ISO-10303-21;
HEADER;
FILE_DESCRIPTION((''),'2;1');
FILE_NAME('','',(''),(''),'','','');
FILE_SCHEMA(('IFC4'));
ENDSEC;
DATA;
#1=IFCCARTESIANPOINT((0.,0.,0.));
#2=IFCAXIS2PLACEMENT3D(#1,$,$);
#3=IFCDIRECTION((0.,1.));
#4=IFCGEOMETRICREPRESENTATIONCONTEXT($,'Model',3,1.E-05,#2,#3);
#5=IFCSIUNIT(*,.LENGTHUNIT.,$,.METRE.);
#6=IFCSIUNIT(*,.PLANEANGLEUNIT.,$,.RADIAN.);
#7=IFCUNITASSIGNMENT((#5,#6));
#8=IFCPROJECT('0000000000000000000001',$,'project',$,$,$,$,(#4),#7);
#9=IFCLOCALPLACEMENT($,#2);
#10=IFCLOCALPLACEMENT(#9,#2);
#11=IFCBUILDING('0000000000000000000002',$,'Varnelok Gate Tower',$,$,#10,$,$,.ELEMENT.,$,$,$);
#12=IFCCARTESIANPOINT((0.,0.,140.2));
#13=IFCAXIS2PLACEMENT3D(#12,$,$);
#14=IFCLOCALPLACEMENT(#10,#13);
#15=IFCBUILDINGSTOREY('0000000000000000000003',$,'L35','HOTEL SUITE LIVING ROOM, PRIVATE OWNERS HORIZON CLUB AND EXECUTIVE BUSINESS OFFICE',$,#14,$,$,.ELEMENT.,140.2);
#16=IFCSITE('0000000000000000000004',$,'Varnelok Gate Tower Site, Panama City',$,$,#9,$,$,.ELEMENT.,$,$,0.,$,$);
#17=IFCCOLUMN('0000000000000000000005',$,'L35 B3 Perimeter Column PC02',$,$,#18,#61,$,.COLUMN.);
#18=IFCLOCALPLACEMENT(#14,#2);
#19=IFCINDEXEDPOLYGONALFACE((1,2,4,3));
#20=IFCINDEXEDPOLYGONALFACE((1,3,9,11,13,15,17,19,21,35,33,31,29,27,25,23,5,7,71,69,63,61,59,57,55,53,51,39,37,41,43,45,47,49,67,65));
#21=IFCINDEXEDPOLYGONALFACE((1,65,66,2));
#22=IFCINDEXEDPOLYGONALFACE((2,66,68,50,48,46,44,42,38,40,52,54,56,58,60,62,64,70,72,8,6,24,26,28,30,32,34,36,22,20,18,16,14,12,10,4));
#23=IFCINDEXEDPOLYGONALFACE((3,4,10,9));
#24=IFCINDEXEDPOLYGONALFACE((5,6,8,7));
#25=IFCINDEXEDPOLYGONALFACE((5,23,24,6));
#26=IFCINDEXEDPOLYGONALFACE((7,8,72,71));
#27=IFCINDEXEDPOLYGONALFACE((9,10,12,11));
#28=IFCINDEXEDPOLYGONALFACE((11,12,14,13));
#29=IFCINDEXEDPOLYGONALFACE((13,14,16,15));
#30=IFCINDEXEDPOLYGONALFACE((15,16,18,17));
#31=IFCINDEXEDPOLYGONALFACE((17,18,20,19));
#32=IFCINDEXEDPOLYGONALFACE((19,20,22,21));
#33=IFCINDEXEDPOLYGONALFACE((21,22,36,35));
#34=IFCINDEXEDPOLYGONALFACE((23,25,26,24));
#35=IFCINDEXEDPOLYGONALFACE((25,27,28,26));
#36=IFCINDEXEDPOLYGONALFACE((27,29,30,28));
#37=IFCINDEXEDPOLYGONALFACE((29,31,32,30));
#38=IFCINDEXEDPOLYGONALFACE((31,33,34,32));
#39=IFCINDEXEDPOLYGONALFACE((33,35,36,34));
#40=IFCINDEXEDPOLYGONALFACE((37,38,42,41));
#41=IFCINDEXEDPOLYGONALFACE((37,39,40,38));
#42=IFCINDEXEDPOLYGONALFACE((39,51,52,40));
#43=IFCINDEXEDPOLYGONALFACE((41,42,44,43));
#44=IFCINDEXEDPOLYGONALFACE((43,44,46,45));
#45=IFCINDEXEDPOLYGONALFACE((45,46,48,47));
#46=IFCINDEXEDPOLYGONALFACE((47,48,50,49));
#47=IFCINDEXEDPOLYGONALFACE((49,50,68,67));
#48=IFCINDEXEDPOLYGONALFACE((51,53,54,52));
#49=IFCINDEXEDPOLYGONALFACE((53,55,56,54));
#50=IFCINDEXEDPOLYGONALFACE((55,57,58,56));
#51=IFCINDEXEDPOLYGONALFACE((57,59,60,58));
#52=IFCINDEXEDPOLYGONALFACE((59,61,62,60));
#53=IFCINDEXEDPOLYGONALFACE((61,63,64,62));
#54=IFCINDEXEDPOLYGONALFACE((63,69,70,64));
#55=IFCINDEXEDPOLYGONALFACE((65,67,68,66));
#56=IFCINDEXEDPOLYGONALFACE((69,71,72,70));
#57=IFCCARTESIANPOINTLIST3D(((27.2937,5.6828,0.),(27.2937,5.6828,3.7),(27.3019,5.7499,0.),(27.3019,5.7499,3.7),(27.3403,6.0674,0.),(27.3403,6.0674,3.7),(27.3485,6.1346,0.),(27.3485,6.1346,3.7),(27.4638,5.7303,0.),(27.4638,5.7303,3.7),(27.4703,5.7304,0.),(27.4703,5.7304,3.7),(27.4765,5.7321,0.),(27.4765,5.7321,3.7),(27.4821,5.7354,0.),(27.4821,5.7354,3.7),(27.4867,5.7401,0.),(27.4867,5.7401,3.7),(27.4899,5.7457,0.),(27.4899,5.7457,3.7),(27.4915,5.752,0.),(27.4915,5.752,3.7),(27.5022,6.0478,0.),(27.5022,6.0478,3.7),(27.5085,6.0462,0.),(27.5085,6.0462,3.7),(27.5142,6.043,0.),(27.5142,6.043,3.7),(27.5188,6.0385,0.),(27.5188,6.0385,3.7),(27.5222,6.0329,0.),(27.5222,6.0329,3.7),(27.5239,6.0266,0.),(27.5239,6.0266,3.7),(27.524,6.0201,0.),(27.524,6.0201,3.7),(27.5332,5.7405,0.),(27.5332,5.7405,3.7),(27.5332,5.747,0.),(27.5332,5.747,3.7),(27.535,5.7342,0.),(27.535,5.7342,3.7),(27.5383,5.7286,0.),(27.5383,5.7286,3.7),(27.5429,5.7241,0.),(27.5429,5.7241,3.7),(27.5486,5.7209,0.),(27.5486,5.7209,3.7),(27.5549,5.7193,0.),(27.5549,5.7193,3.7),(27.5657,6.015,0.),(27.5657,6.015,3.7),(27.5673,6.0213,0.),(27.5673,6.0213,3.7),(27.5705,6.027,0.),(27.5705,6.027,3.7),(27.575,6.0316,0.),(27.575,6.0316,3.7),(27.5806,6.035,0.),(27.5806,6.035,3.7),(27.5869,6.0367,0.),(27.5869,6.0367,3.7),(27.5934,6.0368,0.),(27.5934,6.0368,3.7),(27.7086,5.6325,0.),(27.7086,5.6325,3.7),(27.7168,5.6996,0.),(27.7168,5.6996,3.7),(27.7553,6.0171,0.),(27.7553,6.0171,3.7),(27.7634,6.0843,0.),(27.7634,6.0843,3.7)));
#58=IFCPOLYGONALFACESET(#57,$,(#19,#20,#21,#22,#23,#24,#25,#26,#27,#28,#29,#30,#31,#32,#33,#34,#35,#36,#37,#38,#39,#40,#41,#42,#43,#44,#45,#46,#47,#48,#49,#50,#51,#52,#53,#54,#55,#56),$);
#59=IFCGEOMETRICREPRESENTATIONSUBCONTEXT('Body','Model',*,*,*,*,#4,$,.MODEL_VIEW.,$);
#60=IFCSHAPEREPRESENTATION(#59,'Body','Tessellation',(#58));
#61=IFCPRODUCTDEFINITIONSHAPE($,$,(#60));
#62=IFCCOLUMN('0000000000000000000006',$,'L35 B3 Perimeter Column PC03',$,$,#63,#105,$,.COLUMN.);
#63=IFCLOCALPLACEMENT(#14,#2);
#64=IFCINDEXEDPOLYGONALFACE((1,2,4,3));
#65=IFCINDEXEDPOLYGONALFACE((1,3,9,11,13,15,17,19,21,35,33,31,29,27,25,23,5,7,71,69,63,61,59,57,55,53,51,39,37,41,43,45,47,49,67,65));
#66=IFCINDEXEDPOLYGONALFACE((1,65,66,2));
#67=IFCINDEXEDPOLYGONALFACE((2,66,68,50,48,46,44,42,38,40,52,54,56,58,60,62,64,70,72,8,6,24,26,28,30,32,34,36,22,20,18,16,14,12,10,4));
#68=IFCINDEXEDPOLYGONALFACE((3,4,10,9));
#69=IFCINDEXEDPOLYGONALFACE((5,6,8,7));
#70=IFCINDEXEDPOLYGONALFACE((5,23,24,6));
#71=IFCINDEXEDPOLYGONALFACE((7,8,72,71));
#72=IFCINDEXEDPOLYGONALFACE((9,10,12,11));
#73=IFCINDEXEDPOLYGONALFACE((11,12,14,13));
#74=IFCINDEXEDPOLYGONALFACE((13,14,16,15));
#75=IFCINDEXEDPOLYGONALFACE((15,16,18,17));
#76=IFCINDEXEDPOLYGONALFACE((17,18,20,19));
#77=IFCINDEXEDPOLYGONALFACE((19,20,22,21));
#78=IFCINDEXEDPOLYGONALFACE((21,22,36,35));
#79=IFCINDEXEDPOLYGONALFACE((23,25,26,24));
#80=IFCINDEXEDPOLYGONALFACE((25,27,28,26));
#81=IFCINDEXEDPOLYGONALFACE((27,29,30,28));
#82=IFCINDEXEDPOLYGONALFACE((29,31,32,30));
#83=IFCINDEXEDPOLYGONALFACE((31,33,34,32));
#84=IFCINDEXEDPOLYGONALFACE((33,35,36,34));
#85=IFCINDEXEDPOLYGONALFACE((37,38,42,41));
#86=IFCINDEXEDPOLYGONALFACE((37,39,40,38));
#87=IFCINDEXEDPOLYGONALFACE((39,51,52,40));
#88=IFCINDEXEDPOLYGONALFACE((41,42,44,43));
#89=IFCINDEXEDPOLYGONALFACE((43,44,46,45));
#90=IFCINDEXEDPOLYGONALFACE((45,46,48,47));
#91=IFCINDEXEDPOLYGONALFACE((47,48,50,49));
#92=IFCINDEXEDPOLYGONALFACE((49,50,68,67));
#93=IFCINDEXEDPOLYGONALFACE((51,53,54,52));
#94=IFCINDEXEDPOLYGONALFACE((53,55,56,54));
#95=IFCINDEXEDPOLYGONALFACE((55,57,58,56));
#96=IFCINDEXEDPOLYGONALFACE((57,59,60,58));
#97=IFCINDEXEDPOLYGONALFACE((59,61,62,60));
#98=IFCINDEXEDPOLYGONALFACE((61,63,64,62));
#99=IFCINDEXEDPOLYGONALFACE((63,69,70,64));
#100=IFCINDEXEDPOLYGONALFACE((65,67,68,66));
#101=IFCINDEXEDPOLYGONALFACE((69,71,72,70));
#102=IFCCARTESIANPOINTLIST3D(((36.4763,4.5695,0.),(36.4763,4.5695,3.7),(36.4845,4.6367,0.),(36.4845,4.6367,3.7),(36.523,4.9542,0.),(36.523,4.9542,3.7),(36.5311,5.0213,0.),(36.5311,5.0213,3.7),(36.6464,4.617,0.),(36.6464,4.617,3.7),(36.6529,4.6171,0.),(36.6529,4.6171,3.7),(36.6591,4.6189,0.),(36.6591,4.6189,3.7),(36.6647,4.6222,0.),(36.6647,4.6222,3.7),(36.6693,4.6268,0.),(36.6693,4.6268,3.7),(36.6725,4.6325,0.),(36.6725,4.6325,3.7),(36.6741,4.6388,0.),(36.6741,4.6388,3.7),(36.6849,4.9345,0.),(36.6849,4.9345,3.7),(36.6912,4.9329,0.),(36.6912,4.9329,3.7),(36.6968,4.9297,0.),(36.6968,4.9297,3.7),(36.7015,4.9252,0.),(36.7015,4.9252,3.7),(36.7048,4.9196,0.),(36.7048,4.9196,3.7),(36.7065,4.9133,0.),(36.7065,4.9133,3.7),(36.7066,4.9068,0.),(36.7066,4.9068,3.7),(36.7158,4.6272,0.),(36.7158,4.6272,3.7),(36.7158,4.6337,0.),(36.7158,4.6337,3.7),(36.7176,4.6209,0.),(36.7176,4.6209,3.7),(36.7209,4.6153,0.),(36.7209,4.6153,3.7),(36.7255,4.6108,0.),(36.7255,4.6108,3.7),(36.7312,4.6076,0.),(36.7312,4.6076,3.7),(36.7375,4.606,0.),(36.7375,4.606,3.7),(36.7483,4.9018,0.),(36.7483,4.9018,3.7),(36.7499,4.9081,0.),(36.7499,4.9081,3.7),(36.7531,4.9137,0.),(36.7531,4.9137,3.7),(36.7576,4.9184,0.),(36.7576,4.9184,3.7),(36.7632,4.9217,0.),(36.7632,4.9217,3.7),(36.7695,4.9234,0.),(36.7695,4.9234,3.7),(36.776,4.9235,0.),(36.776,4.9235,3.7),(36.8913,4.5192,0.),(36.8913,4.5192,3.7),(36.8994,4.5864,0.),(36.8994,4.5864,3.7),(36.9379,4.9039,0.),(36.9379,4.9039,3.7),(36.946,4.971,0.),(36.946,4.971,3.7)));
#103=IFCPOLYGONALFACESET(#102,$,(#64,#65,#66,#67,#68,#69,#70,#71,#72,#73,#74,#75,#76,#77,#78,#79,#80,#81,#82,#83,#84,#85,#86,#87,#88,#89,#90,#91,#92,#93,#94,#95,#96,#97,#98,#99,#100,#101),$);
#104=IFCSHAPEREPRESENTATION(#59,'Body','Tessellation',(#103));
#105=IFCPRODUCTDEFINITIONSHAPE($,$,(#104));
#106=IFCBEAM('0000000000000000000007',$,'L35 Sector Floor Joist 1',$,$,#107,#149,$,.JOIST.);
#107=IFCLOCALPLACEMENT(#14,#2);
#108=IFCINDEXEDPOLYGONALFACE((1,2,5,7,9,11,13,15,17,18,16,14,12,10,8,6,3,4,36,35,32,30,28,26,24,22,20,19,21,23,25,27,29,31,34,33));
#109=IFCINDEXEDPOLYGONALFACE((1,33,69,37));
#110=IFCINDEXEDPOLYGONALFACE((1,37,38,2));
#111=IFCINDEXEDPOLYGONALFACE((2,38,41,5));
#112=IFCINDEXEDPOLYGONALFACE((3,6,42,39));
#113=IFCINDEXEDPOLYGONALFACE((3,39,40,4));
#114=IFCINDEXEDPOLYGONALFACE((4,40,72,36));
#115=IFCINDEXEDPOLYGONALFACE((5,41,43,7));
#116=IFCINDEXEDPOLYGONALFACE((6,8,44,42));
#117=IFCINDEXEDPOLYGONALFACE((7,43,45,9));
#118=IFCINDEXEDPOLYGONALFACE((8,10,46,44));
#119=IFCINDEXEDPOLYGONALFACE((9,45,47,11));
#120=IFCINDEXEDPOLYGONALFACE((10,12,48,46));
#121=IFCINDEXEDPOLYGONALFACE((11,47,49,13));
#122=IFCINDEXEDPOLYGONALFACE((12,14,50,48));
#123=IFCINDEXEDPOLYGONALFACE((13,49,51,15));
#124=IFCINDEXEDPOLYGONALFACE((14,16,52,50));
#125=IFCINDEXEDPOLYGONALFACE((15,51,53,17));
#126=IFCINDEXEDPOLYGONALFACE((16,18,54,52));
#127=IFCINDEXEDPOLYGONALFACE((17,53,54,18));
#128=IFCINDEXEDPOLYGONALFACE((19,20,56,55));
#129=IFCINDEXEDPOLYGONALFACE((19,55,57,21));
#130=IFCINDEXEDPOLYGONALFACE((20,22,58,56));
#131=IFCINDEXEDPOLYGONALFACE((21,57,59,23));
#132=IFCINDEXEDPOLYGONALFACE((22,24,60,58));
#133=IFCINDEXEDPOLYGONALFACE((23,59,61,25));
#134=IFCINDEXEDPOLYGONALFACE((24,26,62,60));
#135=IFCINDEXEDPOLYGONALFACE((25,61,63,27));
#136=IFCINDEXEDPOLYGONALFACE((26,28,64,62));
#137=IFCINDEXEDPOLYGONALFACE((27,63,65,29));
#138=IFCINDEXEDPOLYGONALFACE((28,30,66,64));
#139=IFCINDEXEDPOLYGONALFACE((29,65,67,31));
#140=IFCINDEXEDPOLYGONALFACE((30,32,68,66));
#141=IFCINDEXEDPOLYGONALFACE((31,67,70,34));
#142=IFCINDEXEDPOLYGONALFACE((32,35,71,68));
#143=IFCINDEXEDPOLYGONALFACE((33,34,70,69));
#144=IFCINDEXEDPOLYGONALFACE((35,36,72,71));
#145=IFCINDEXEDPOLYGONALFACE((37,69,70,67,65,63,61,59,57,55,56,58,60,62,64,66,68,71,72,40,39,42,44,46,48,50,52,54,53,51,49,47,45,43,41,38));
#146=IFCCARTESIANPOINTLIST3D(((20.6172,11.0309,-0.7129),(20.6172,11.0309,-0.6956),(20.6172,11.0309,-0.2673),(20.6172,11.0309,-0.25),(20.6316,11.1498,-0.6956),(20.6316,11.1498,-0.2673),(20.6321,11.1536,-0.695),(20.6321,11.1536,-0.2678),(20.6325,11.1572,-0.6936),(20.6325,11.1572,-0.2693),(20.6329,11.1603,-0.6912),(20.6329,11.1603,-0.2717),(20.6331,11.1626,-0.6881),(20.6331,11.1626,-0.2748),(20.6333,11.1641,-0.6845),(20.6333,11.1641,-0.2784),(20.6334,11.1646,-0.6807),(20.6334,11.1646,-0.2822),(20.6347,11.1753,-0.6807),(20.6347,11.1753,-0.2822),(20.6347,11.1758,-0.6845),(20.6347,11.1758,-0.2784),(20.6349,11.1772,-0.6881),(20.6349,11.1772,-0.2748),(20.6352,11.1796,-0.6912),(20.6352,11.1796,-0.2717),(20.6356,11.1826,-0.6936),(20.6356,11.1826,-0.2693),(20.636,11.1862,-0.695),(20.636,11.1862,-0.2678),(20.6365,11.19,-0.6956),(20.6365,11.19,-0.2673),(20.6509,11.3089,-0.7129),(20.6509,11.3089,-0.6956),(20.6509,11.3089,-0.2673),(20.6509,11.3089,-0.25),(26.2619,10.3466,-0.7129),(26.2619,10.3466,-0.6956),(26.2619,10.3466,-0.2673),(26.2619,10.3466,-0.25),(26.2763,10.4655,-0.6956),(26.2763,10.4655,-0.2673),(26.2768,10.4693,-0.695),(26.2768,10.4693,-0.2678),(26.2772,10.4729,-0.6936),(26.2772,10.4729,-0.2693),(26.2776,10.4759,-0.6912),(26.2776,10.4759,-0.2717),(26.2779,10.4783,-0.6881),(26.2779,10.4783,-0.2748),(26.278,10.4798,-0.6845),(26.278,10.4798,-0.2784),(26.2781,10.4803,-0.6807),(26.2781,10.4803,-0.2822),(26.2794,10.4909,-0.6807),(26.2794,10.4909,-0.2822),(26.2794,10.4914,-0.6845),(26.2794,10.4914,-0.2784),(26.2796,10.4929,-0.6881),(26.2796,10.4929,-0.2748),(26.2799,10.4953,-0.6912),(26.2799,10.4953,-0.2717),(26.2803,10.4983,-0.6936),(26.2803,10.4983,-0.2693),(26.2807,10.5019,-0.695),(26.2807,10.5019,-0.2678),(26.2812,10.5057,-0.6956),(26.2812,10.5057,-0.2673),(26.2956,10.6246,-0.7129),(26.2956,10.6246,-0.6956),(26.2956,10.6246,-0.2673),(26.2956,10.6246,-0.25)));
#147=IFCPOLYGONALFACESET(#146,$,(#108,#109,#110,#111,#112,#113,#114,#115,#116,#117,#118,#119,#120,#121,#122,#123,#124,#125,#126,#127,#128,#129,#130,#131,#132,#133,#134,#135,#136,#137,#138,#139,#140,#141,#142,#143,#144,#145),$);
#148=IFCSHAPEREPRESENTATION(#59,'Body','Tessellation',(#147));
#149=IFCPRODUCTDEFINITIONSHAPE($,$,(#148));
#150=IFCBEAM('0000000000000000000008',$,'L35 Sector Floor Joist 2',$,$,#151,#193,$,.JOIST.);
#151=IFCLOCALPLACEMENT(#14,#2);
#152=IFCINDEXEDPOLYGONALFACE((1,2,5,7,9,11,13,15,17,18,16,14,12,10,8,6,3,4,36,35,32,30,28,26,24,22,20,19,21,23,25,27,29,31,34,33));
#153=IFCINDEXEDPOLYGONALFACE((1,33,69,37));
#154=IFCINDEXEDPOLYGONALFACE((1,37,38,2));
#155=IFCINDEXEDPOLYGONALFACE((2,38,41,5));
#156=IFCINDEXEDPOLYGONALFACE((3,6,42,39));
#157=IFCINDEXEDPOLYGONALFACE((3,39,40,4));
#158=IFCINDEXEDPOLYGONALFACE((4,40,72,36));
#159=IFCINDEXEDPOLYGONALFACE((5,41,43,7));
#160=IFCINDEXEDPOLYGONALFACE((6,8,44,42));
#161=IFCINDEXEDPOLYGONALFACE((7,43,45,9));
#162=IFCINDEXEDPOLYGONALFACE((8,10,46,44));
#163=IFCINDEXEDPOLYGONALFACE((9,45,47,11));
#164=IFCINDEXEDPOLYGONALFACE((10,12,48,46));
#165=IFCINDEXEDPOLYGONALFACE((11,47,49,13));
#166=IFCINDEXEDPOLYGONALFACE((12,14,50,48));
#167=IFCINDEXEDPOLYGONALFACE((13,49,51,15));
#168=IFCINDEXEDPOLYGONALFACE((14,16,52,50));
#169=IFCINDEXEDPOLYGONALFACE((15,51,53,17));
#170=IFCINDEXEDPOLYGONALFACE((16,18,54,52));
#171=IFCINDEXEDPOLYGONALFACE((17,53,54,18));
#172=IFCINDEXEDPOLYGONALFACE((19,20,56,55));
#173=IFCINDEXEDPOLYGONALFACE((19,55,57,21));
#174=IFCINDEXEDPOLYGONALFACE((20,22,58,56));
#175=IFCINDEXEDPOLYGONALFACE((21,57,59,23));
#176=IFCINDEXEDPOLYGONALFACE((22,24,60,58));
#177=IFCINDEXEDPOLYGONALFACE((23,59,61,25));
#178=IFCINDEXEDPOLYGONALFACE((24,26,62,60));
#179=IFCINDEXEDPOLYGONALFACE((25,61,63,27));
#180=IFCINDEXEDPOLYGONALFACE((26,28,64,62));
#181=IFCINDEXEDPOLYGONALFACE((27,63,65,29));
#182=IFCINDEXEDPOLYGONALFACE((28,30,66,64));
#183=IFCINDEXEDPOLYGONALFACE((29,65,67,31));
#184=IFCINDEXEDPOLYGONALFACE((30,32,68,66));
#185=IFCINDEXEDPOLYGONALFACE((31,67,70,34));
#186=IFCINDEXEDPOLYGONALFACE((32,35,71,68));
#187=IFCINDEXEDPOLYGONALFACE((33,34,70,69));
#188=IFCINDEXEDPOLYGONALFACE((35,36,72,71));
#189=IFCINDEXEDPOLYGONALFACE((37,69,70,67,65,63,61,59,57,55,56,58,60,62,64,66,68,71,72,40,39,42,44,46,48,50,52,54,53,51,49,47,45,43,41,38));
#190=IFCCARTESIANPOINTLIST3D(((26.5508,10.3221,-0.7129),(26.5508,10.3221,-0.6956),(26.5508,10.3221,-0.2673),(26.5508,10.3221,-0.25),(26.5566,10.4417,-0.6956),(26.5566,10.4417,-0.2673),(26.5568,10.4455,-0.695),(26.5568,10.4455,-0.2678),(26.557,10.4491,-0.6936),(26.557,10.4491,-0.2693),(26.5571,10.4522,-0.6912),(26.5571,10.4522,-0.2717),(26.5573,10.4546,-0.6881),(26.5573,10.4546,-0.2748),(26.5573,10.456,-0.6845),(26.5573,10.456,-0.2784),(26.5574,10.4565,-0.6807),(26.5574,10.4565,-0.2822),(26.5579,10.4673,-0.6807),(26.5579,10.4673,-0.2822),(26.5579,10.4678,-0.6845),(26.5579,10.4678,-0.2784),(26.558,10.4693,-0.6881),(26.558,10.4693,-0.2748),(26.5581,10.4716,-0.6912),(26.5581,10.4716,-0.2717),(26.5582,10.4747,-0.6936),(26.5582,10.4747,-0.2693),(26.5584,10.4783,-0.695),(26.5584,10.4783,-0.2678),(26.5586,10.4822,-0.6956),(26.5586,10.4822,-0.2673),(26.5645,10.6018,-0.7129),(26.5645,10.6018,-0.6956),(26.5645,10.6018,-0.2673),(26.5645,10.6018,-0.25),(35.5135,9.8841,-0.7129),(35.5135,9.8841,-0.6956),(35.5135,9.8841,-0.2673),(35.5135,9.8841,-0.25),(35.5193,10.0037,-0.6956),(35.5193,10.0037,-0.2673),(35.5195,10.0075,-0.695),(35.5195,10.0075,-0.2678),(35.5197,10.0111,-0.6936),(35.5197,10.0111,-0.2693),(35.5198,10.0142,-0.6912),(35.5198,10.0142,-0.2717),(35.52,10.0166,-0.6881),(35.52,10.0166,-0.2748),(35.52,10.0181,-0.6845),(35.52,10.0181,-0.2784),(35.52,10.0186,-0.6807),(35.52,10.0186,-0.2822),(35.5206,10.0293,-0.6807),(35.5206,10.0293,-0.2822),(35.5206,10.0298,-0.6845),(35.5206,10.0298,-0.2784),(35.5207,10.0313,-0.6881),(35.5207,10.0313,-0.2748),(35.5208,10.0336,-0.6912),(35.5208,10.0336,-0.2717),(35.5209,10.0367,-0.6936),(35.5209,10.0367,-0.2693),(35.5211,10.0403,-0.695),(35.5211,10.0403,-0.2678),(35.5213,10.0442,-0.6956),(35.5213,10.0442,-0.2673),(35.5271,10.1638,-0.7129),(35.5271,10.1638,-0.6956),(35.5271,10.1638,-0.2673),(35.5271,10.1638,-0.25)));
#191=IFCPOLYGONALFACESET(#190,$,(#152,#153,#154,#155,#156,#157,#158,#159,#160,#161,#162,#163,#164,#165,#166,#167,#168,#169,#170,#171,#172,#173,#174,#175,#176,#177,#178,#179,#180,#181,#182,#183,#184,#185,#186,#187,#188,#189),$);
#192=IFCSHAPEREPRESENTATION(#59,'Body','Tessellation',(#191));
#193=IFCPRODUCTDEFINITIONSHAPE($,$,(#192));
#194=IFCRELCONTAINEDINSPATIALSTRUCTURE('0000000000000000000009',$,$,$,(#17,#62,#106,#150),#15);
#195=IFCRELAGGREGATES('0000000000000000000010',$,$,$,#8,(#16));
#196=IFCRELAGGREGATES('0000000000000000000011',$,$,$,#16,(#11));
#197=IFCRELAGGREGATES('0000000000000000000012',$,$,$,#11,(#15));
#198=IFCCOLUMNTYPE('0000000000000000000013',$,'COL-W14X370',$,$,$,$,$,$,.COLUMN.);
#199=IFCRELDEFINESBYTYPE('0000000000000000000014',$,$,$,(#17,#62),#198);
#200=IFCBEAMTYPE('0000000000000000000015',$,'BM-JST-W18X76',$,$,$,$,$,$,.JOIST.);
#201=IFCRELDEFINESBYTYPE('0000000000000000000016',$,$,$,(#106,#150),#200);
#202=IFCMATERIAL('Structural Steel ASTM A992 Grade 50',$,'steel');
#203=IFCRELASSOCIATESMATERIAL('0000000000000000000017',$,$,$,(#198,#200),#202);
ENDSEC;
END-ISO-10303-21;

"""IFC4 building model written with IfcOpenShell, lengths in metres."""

from ifc_helpers import new_model, si_unit, direction, frame, origin, origin_2d, place, context, subcontext, project, spatial, i_section, extrude, material, material_profile, profile_set, type_object, element, save


model = new_model("IFC4")

# Units and contexts
model_context = context("Model", 3, precision=1e-05, world=origin(), true_north=direction((0.0, 1.0)))
body_context = subcontext(model_context, "Body", "Model", "MODEL_VIEW")
ifc_project = project(units=[si_unit("LENGTHUNIT", "METRE"), si_unit("PLANEANGLEUNIT", "RADIAN")], contexts=[model_context])

# Site, building, storey
site_placement = place(None, origin())
site = spatial("IfcSite", under=ifc_project, at=site_placement, Name="Varnelok Gate Tower Site, Panama City", CompositionType="ELEMENT", RefElevation=0.0)
building_placement = place(site_placement, origin())
building = spatial("IfcBuilding", under=site, at=building_placement, Name="Varnelok Gate Tower", CompositionType="ELEMENT")
storey_placement = place(building_placement, frame((0.0, 0.0, 140.2)))
storey = spatial("IfcBuildingStorey", under=building, at=storey_placement, Name="L35", Description="HOTEL SUITE LIVING ROOM, PRIVATE OWNERS HORIZON CLUB AND EXECUTIVE BUSINESS OFFICE", CompositionType="ELEMENT", Elevation=140.2)

# Columns
ifc_material_1 = material(Name="Structural Steel ASTM A992 Grade 50", Category="steel")
ifc_material_profile_1 = material_profile(ifc_material_1, i_section(OverallWidth=0.418, OverallDepth=0.4551, WebThickness=0.042, FlangeThickness=0.0676, FilletRadius=0.0249, at=origin_2d()), Name="W14X370")
ifc_profile_set_1 = profile_set([ifc_material_profile_1], Name="Structural Steel ASTM A992 Grade 50")
column_type = type_object("IfcColumnType", Name="COL-W14X370", PredefinedType="COLUMN", material=ifc_profile_set_1)
for number, where, z_axis, x_axis, name in (
    (1, (27.5286, 5.8835, 0.0), (0.0, 0.0, 1.0), (0.992732, -0.120345, 0.0), "L35 B3 Perimeter Column PC02"),
    (2, (36.7112, 4.7703, 0.0), (0.0, 0.0, 1.0), (0.992732, -0.120345, 0.0), "L35 B3 Perimeter Column PC03"),
):
    element("IfcColumn", number, at=place(storey_placement, frame(where, z_axis=z_axis, x_axis=x_axis)), inside=storey, type_object=column_type, Name=name, PredefinedType="COLUMN", context=body_context, shape_type="SweptSolid", body=[
        extrude(i_section(OverallWidth=0.418, OverallDepth=0.4551, WebThickness=0.042, FlangeThickness=0.0676, FilletRadius=0.0249, at=origin_2d()), origin(), (0.0, 0.0, 1.0), 3.7),
    ])

# Beams
ifc_material_profile_2 = material_profile(ifc_material_1, i_section(OverallWidth=0.28, OverallDepth=0.4629, WebThickness=0.0107, FlangeThickness=0.0173, FilletRadius=0.0149, at=origin_2d()), Name="W18X76")
ifc_profile_set_2 = profile_set([ifc_material_profile_2], Name="Structural Steel ASTM A992 Grade 50")
beam_type_1 = type_object("IfcBeamType", Name="BM-JST-W18X76", PredefinedType="JOIST", material=ifc_profile_set_2)
beam_1_placement = place(storey_placement, frame((20.634, 11.1699, -0.4814), z_axis=(0.992731, -0.120351, 0.0), x_axis=(0.120351, 0.992731, 0.0)))
element("IfcBeam", 3, at=beam_1_placement, inside=storey, type_object=beam_type_1, Name="L35 Sector Floor Joist 1", PredefinedType="JOIST", context=body_context, shape_type="SweptSolid", body=[
    extrude(i_section(OverallWidth=0.28, OverallDepth=0.4629, WebThickness=0.0107, FlangeThickness=0.0173, FilletRadius=0.0149, at=origin_2d()), origin(), (0.0, 0.0, 1.0), 5.686),
])
beam_2_placement = place(storey_placement, frame((26.5576, 10.4619, -0.4814), z_axis=(0.998808, -0.04881, 0.0), x_axis=(0.04881, 0.998808, 0.0)))
element("IfcBeam", 4, at=beam_2_placement, inside=storey, type_object=beam_type_1, Name="L35 Sector Floor Joist 2", PredefinedType="JOIST", context=body_context, shape_type="SweptSolid", body=[
    extrude(i_section(OverallWidth=0.28, OverallDepth=0.4629, WebThickness=0.0107, FlangeThickness=0.0173, FilletRadius=0.0149, at=origin_2d()), origin(), (0.0, 0.0, 1.0), 8.9734),
])

save(model, "model.ifc")
